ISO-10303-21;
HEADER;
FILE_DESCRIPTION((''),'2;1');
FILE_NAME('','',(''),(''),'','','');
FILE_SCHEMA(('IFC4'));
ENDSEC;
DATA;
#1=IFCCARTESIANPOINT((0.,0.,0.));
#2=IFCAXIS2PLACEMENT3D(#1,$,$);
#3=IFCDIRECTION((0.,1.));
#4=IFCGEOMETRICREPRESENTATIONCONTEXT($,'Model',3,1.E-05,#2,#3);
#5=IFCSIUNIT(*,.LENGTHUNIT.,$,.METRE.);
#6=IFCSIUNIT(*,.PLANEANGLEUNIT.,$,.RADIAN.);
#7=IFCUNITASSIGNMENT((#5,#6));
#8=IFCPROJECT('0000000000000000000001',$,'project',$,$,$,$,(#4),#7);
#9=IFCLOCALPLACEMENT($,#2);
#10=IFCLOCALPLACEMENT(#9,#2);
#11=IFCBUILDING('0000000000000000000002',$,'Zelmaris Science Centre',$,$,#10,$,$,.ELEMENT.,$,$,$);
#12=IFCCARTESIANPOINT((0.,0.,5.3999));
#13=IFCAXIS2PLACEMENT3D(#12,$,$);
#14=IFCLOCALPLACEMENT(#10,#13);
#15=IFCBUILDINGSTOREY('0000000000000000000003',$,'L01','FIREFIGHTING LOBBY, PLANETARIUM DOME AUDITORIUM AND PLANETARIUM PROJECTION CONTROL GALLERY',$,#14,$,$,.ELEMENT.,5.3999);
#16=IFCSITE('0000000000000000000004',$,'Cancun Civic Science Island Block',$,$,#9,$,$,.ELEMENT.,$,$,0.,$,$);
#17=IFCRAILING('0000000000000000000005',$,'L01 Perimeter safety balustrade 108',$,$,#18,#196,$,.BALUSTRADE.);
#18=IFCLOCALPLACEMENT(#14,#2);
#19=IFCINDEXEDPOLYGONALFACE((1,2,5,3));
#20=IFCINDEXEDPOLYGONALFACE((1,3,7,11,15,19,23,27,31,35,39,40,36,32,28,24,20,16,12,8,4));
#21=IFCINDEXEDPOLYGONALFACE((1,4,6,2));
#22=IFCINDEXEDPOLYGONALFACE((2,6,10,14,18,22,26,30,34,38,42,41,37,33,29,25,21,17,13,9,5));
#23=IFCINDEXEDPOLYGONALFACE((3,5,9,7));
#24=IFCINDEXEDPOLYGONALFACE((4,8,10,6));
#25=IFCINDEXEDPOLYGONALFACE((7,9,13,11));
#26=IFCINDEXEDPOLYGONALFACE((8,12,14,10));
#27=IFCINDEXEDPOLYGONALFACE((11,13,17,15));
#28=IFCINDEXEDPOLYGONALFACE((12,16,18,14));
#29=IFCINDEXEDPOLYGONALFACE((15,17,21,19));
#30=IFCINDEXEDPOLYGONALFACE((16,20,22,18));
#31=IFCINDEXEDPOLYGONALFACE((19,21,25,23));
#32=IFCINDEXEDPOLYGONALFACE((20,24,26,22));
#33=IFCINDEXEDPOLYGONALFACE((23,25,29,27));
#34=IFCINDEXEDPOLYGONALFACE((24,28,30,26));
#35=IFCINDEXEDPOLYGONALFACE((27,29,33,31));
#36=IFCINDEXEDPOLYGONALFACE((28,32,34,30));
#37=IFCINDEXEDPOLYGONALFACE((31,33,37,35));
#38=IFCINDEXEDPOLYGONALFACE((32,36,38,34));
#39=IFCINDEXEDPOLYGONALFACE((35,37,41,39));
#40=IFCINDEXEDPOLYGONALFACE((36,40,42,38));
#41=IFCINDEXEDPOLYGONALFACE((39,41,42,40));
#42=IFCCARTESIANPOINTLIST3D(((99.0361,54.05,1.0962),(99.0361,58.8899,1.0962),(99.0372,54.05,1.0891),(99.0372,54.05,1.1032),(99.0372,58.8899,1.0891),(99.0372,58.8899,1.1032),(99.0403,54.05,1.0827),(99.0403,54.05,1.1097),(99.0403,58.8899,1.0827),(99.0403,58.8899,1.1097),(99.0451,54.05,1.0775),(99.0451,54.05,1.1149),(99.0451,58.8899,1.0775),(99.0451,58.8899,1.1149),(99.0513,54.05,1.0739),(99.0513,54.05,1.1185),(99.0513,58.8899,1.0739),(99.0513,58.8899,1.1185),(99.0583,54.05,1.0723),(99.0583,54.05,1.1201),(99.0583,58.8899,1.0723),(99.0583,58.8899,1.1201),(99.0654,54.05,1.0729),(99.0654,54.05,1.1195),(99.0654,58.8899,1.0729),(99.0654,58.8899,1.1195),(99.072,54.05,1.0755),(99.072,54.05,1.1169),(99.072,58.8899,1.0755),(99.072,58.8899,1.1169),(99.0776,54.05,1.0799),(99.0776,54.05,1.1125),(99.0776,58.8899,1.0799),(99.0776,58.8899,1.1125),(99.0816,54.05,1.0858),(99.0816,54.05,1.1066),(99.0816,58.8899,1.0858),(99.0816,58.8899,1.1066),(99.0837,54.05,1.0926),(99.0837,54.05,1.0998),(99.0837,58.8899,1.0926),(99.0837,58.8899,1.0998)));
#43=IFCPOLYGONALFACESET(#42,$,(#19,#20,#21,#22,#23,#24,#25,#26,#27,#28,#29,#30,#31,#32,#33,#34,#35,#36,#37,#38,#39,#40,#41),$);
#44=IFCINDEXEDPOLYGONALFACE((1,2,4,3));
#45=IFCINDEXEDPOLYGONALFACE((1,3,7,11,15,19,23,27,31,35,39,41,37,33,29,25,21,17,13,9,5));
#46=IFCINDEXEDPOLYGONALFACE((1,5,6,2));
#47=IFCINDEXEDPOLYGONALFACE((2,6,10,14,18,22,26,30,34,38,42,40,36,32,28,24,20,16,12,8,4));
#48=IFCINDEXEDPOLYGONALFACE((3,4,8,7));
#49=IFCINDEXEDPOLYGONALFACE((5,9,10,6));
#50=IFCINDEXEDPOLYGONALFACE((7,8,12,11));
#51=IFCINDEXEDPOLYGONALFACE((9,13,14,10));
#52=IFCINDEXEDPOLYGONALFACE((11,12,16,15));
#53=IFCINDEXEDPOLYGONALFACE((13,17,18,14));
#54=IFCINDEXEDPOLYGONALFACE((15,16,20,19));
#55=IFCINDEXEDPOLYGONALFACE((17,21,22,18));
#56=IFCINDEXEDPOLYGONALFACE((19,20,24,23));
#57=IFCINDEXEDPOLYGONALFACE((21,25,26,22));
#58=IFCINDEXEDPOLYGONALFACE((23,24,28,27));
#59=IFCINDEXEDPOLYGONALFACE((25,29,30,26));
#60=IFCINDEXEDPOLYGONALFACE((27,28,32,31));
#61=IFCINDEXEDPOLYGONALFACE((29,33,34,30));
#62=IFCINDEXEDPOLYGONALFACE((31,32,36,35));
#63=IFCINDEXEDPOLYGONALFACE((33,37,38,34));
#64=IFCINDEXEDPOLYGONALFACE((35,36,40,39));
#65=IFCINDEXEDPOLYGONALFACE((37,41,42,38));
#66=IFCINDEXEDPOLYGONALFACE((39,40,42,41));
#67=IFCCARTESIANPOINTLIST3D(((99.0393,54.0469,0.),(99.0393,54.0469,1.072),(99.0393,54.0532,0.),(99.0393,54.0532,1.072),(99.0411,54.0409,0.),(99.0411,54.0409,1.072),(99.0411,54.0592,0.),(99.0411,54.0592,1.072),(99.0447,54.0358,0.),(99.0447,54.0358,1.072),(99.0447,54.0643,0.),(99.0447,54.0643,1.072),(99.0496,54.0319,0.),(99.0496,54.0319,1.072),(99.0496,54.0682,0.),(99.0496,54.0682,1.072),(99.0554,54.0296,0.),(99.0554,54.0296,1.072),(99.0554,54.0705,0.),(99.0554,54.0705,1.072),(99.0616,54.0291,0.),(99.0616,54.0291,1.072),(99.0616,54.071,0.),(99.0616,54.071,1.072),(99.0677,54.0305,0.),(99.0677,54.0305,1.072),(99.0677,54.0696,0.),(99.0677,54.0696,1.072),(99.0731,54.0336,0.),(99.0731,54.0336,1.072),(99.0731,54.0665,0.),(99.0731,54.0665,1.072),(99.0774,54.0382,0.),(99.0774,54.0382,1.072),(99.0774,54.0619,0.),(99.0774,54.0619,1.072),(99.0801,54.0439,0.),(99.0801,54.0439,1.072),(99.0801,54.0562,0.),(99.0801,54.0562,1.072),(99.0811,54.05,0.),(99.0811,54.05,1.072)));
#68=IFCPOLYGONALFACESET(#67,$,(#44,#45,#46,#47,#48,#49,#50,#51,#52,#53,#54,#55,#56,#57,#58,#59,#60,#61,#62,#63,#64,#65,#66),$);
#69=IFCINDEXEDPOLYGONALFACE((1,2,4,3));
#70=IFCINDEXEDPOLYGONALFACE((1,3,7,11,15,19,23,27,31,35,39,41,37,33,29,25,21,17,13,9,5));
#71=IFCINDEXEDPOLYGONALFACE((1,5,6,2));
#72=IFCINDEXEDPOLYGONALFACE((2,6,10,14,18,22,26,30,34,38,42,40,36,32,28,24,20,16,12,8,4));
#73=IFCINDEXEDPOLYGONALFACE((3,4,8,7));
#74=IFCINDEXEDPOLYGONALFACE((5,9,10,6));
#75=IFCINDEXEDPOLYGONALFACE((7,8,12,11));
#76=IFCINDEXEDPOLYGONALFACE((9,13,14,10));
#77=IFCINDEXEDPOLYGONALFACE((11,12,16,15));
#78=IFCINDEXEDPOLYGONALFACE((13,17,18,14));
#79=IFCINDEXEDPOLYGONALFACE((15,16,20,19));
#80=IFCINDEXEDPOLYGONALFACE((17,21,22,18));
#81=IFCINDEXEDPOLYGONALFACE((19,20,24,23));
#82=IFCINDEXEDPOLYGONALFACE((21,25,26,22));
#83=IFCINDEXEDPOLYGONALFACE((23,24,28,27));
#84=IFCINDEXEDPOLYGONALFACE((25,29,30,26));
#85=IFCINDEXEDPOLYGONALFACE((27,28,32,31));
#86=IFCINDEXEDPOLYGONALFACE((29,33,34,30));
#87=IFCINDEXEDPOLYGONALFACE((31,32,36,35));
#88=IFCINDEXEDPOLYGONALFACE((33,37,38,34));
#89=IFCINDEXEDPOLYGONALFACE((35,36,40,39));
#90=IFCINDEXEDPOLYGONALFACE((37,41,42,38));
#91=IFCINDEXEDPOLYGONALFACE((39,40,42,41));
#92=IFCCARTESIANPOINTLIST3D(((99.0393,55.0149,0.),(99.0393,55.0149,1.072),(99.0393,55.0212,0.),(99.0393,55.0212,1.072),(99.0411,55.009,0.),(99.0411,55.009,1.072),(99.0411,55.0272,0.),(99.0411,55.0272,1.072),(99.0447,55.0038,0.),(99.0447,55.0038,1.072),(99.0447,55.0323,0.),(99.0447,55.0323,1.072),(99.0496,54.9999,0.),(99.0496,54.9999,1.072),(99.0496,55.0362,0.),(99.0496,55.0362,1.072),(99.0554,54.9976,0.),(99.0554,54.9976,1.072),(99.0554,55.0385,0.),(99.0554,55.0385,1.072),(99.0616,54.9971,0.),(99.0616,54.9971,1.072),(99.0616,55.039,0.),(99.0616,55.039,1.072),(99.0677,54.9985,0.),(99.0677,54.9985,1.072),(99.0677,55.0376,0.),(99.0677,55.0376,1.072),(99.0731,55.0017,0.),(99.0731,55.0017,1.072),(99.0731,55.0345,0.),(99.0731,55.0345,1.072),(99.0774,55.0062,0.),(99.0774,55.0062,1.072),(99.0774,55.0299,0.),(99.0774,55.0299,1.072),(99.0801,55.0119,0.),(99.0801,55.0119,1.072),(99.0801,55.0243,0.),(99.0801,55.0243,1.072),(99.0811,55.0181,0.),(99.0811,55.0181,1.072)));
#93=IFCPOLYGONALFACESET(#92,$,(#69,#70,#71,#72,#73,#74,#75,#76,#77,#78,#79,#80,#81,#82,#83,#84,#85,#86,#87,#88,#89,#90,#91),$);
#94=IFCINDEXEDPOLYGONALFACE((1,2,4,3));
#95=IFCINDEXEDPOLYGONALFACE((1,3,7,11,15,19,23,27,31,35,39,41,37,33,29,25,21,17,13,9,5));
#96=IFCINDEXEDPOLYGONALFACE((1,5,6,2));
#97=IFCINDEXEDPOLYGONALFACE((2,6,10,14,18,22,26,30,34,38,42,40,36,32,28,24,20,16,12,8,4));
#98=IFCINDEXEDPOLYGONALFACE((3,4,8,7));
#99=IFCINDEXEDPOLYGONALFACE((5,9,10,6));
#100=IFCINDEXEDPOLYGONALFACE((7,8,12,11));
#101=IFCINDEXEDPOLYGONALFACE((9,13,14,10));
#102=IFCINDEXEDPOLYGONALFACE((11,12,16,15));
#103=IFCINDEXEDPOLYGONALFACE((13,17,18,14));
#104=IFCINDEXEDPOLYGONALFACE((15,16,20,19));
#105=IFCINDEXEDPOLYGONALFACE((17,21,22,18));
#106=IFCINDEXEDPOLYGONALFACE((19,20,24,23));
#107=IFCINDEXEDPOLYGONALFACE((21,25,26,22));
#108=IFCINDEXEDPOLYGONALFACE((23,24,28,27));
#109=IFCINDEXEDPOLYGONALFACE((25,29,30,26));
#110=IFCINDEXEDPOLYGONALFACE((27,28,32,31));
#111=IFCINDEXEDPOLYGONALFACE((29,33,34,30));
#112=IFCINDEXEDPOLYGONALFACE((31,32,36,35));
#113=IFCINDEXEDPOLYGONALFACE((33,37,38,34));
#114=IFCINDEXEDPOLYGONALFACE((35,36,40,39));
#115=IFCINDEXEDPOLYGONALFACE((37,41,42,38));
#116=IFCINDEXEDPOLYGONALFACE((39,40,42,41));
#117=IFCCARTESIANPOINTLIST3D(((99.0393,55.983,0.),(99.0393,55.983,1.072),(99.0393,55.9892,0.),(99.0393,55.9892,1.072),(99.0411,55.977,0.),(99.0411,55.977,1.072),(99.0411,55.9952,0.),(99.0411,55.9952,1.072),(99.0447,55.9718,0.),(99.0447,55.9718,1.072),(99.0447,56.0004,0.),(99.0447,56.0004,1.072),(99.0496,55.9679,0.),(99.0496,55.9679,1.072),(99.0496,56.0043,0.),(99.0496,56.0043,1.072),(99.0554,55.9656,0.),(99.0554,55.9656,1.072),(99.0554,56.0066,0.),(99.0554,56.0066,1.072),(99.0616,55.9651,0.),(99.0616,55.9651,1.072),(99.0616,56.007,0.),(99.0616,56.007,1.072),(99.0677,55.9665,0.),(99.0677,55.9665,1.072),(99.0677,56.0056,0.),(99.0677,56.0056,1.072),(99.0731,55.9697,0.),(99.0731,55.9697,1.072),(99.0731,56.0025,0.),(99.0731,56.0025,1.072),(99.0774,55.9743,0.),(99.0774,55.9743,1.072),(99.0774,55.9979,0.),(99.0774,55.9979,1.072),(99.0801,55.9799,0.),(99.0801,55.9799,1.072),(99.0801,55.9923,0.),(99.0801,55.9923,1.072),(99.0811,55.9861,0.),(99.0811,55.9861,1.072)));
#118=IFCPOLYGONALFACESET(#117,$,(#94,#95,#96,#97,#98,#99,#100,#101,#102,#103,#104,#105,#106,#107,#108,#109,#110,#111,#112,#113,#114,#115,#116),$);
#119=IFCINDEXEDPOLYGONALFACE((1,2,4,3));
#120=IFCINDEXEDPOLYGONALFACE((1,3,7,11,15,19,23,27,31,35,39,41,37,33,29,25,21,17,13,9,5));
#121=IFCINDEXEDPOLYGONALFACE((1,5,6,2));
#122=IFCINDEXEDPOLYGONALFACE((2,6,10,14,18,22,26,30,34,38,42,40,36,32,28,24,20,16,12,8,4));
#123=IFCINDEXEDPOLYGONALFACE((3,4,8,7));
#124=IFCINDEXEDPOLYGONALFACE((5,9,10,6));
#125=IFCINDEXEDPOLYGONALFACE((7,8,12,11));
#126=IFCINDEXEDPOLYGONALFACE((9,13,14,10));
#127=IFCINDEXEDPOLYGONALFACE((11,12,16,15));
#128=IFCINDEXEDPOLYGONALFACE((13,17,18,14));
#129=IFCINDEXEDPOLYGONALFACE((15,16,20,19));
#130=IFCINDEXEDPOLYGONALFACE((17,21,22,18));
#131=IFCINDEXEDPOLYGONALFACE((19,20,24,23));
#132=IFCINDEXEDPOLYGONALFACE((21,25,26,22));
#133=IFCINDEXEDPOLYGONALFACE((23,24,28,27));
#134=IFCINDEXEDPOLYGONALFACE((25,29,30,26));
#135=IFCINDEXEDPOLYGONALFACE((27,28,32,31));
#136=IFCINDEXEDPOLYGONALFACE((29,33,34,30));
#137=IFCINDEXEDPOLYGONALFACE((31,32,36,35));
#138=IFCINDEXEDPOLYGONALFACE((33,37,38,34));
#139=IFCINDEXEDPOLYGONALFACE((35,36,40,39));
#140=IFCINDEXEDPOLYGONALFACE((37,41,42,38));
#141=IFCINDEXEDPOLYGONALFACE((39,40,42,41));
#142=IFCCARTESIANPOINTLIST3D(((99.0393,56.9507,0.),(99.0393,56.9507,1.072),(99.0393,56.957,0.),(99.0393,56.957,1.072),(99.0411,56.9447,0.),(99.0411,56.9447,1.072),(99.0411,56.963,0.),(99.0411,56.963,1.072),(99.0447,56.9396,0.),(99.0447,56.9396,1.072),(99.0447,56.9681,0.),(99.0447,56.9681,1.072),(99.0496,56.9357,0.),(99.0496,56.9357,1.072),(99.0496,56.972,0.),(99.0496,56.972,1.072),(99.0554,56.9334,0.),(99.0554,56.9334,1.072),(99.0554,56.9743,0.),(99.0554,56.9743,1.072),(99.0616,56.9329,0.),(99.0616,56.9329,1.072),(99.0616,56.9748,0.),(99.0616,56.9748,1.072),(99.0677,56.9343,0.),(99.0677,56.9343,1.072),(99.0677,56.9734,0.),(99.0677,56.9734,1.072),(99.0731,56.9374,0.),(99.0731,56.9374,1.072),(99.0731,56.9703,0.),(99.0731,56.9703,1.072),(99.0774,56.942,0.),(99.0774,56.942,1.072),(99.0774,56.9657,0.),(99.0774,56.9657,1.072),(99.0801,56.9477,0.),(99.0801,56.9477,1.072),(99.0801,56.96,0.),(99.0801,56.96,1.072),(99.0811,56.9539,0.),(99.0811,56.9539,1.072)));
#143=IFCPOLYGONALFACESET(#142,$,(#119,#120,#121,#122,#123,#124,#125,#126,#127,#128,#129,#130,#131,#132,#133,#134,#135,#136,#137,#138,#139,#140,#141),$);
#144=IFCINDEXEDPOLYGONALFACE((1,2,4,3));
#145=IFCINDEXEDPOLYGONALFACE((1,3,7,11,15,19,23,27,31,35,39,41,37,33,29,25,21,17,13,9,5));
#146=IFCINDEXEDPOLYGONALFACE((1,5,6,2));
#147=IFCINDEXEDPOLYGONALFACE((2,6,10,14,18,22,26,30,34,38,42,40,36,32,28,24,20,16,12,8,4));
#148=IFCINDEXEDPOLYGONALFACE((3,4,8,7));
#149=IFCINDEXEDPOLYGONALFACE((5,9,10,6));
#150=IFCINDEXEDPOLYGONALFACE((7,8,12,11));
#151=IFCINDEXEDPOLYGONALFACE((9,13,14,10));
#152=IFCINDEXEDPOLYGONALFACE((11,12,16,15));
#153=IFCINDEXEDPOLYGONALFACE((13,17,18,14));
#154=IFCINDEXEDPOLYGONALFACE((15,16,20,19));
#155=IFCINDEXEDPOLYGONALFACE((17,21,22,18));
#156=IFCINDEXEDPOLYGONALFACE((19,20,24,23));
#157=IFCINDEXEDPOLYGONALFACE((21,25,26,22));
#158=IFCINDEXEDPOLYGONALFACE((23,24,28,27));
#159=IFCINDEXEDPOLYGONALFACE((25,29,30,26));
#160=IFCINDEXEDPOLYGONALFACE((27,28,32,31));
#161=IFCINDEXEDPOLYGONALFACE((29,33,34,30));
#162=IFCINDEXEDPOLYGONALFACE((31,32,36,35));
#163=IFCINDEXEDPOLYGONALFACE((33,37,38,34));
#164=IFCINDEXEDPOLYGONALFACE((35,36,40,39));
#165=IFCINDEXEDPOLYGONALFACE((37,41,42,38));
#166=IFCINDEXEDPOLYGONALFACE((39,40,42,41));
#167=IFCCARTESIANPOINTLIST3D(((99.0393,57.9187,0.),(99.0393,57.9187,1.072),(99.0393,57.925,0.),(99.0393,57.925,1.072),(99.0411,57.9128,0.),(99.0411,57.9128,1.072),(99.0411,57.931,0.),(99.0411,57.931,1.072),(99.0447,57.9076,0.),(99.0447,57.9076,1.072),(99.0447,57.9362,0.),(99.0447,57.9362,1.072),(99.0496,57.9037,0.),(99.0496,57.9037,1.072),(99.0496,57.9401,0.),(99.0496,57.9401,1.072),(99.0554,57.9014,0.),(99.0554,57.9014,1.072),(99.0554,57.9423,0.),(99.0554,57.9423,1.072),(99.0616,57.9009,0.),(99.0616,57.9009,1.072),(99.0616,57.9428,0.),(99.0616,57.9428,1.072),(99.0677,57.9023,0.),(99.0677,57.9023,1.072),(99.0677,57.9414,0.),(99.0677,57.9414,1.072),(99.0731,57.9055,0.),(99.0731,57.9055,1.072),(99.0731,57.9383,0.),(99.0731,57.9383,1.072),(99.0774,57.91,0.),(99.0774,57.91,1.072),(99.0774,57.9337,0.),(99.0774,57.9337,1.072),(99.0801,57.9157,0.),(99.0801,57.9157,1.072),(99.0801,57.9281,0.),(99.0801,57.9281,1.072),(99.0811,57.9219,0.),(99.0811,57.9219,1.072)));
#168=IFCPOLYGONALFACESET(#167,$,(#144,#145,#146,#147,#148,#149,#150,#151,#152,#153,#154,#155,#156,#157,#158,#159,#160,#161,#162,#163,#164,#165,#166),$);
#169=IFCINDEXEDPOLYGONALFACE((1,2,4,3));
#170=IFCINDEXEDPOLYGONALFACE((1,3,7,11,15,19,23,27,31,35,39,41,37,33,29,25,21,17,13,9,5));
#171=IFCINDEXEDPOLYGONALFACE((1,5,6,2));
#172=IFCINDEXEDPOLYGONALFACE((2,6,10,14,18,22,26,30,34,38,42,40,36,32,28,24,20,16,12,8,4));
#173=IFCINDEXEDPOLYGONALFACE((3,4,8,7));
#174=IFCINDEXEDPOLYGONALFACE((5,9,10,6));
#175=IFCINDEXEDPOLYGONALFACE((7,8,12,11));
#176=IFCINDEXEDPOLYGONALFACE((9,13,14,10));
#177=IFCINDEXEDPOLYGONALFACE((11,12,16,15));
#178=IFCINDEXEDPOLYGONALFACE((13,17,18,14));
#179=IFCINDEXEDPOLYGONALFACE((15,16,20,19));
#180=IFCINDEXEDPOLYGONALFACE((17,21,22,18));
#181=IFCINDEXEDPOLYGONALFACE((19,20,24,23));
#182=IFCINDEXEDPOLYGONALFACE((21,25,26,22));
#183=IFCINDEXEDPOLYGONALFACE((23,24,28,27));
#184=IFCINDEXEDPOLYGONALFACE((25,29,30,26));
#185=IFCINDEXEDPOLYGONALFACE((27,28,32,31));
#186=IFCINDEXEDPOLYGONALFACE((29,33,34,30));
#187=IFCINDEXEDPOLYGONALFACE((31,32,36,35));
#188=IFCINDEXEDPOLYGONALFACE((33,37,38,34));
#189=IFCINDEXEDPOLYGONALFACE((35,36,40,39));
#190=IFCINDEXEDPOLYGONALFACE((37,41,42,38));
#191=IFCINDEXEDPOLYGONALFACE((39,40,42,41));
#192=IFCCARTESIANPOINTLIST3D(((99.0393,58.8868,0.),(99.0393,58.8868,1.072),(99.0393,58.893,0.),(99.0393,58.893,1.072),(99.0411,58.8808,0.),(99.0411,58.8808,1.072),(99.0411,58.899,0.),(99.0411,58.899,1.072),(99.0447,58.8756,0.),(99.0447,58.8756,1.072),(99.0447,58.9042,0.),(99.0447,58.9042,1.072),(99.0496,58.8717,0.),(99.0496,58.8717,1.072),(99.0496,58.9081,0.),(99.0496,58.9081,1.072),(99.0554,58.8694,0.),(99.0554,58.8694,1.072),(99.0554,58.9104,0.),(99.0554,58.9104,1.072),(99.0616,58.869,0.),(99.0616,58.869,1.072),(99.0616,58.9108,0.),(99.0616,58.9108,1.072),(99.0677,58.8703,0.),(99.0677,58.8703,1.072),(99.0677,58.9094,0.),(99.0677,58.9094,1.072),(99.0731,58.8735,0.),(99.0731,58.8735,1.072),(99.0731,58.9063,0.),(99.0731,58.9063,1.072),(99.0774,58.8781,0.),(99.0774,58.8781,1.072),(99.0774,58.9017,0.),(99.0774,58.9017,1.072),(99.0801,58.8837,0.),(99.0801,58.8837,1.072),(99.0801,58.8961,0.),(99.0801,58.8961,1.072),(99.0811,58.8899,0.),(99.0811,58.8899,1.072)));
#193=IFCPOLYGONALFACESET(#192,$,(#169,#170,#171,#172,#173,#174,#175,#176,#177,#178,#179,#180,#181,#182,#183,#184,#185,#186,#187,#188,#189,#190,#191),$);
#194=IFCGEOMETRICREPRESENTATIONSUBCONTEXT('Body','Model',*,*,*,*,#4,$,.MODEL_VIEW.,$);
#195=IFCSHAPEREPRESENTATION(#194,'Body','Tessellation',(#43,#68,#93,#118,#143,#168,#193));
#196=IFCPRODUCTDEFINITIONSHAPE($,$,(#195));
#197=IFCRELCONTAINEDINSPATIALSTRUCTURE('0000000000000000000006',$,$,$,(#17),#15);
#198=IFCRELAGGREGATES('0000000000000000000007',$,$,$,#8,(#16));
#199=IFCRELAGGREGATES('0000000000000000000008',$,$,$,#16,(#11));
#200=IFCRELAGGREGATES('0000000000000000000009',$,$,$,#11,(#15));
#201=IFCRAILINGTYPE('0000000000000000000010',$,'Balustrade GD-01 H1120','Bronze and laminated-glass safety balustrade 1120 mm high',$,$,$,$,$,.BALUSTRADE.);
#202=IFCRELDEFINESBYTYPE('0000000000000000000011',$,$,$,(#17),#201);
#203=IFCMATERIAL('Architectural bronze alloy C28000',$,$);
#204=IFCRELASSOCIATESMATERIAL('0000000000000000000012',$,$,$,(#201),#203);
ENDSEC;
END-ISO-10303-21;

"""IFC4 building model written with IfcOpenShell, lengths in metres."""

from ifc_helpers import new_model, si_unit, direction, frame, origin, origin_2d, place, context, subcontext, project, spatial, circle, extrude, material, type_object, element, save


model = new_model("IFC4")

# Units and contexts
model_context = context("Model", 3, precision=1e-05, world=origin(), true_north=direction((0.0, 1.0)))
body_context = subcontext(model_context, "Body", "Model", "MODEL_VIEW")
ifc_project = project(units=[si_unit("LENGTHUNIT", "METRE"), si_unit("PLANEANGLEUNIT", "RADIAN")], contexts=[model_context])

# Site, building, storey
site_placement = place(None, origin())
site = spatial("IfcSite", under=ifc_project, at=site_placement, Name="Cancun Civic Science Island Block", CompositionType="ELEMENT", RefElevation=0.0)
building_placement = place(site_placement, origin())
building = spatial("IfcBuilding", under=site, at=building_placement, Name="Zelmaris Science Centre", CompositionType="ELEMENT")
storey_placement = place(building_placement, frame((0.0, 0.0, 5.3999)))
storey = spatial("IfcBuildingStorey", under=building, at=storey_placement, Name="L01", Description="FIREFIGHTING LOBBY, PLANETARIUM DOME AUDITORIUM AND PLANETARIUM PROJECTION CONTROL GALLERY", CompositionType="ELEMENT", Elevation=5.3999)

# Railing
ifc_material_1 = material(Name="Architectural bronze alloy C28000")
railing_type = type_object("IfcRailingType", Name="Balustrade GD-01 H1120", Description="Bronze and laminated-glass safety balustrade 1120 mm high", PredefinedType="BALUSTRADE", material=ifc_material_1)
railing_placement = place(storey_placement, frame((99.0601, 54.05, 0.0)))
element("IfcRailing", 1, at=railing_placement, inside=storey, type_object=railing_type, Name="L01 Perimeter safety balustrade 108", PredefinedType="BALUSTRADE", context=body_context, shape_type="SweptSolid", body=[
    extrude(circle(Radius=0.0239, at=origin_2d()), frame((0.0, 0.0, 1.0962), z_axis=(0.0, 1.0, 0.0), x_axis=(-1.0, 0.0, 0.0)), (0.0, 0.0, 1.0), 4.8398),
    extrude(circle(Radius=0.021, at=origin_2d()), origin(), (0.0, 0.0, 1.0), 1.072),
    extrude(circle(Radius=0.021, at=origin_2d()), frame((0.0, 0.968, 0.0)), (0.0, 0.0, 1.0), 1.072),
    extrude(circle(Radius=0.021, at=origin_2d()), frame((0.0, 1.936, 0.0)), (0.0, 0.0, 1.0), 1.072),
    extrude(circle(Radius=0.021, at=origin_2d()), frame((0.0, 2.9038, 0.0)), (0.0, 0.0, 1.0), 1.072),
    extrude(circle(Radius=0.021, at=origin_2d()), frame((0.0, 3.8718, 0.0)), (0.0, 0.0, 1.0), 1.072),
    extrude(circle(Radius=0.021, at=origin_2d()), frame((0.0, 4.8398, 0.0)), (0.0, 0.0, 1.0), 1.072),
])

save(model, "model.ifc")
